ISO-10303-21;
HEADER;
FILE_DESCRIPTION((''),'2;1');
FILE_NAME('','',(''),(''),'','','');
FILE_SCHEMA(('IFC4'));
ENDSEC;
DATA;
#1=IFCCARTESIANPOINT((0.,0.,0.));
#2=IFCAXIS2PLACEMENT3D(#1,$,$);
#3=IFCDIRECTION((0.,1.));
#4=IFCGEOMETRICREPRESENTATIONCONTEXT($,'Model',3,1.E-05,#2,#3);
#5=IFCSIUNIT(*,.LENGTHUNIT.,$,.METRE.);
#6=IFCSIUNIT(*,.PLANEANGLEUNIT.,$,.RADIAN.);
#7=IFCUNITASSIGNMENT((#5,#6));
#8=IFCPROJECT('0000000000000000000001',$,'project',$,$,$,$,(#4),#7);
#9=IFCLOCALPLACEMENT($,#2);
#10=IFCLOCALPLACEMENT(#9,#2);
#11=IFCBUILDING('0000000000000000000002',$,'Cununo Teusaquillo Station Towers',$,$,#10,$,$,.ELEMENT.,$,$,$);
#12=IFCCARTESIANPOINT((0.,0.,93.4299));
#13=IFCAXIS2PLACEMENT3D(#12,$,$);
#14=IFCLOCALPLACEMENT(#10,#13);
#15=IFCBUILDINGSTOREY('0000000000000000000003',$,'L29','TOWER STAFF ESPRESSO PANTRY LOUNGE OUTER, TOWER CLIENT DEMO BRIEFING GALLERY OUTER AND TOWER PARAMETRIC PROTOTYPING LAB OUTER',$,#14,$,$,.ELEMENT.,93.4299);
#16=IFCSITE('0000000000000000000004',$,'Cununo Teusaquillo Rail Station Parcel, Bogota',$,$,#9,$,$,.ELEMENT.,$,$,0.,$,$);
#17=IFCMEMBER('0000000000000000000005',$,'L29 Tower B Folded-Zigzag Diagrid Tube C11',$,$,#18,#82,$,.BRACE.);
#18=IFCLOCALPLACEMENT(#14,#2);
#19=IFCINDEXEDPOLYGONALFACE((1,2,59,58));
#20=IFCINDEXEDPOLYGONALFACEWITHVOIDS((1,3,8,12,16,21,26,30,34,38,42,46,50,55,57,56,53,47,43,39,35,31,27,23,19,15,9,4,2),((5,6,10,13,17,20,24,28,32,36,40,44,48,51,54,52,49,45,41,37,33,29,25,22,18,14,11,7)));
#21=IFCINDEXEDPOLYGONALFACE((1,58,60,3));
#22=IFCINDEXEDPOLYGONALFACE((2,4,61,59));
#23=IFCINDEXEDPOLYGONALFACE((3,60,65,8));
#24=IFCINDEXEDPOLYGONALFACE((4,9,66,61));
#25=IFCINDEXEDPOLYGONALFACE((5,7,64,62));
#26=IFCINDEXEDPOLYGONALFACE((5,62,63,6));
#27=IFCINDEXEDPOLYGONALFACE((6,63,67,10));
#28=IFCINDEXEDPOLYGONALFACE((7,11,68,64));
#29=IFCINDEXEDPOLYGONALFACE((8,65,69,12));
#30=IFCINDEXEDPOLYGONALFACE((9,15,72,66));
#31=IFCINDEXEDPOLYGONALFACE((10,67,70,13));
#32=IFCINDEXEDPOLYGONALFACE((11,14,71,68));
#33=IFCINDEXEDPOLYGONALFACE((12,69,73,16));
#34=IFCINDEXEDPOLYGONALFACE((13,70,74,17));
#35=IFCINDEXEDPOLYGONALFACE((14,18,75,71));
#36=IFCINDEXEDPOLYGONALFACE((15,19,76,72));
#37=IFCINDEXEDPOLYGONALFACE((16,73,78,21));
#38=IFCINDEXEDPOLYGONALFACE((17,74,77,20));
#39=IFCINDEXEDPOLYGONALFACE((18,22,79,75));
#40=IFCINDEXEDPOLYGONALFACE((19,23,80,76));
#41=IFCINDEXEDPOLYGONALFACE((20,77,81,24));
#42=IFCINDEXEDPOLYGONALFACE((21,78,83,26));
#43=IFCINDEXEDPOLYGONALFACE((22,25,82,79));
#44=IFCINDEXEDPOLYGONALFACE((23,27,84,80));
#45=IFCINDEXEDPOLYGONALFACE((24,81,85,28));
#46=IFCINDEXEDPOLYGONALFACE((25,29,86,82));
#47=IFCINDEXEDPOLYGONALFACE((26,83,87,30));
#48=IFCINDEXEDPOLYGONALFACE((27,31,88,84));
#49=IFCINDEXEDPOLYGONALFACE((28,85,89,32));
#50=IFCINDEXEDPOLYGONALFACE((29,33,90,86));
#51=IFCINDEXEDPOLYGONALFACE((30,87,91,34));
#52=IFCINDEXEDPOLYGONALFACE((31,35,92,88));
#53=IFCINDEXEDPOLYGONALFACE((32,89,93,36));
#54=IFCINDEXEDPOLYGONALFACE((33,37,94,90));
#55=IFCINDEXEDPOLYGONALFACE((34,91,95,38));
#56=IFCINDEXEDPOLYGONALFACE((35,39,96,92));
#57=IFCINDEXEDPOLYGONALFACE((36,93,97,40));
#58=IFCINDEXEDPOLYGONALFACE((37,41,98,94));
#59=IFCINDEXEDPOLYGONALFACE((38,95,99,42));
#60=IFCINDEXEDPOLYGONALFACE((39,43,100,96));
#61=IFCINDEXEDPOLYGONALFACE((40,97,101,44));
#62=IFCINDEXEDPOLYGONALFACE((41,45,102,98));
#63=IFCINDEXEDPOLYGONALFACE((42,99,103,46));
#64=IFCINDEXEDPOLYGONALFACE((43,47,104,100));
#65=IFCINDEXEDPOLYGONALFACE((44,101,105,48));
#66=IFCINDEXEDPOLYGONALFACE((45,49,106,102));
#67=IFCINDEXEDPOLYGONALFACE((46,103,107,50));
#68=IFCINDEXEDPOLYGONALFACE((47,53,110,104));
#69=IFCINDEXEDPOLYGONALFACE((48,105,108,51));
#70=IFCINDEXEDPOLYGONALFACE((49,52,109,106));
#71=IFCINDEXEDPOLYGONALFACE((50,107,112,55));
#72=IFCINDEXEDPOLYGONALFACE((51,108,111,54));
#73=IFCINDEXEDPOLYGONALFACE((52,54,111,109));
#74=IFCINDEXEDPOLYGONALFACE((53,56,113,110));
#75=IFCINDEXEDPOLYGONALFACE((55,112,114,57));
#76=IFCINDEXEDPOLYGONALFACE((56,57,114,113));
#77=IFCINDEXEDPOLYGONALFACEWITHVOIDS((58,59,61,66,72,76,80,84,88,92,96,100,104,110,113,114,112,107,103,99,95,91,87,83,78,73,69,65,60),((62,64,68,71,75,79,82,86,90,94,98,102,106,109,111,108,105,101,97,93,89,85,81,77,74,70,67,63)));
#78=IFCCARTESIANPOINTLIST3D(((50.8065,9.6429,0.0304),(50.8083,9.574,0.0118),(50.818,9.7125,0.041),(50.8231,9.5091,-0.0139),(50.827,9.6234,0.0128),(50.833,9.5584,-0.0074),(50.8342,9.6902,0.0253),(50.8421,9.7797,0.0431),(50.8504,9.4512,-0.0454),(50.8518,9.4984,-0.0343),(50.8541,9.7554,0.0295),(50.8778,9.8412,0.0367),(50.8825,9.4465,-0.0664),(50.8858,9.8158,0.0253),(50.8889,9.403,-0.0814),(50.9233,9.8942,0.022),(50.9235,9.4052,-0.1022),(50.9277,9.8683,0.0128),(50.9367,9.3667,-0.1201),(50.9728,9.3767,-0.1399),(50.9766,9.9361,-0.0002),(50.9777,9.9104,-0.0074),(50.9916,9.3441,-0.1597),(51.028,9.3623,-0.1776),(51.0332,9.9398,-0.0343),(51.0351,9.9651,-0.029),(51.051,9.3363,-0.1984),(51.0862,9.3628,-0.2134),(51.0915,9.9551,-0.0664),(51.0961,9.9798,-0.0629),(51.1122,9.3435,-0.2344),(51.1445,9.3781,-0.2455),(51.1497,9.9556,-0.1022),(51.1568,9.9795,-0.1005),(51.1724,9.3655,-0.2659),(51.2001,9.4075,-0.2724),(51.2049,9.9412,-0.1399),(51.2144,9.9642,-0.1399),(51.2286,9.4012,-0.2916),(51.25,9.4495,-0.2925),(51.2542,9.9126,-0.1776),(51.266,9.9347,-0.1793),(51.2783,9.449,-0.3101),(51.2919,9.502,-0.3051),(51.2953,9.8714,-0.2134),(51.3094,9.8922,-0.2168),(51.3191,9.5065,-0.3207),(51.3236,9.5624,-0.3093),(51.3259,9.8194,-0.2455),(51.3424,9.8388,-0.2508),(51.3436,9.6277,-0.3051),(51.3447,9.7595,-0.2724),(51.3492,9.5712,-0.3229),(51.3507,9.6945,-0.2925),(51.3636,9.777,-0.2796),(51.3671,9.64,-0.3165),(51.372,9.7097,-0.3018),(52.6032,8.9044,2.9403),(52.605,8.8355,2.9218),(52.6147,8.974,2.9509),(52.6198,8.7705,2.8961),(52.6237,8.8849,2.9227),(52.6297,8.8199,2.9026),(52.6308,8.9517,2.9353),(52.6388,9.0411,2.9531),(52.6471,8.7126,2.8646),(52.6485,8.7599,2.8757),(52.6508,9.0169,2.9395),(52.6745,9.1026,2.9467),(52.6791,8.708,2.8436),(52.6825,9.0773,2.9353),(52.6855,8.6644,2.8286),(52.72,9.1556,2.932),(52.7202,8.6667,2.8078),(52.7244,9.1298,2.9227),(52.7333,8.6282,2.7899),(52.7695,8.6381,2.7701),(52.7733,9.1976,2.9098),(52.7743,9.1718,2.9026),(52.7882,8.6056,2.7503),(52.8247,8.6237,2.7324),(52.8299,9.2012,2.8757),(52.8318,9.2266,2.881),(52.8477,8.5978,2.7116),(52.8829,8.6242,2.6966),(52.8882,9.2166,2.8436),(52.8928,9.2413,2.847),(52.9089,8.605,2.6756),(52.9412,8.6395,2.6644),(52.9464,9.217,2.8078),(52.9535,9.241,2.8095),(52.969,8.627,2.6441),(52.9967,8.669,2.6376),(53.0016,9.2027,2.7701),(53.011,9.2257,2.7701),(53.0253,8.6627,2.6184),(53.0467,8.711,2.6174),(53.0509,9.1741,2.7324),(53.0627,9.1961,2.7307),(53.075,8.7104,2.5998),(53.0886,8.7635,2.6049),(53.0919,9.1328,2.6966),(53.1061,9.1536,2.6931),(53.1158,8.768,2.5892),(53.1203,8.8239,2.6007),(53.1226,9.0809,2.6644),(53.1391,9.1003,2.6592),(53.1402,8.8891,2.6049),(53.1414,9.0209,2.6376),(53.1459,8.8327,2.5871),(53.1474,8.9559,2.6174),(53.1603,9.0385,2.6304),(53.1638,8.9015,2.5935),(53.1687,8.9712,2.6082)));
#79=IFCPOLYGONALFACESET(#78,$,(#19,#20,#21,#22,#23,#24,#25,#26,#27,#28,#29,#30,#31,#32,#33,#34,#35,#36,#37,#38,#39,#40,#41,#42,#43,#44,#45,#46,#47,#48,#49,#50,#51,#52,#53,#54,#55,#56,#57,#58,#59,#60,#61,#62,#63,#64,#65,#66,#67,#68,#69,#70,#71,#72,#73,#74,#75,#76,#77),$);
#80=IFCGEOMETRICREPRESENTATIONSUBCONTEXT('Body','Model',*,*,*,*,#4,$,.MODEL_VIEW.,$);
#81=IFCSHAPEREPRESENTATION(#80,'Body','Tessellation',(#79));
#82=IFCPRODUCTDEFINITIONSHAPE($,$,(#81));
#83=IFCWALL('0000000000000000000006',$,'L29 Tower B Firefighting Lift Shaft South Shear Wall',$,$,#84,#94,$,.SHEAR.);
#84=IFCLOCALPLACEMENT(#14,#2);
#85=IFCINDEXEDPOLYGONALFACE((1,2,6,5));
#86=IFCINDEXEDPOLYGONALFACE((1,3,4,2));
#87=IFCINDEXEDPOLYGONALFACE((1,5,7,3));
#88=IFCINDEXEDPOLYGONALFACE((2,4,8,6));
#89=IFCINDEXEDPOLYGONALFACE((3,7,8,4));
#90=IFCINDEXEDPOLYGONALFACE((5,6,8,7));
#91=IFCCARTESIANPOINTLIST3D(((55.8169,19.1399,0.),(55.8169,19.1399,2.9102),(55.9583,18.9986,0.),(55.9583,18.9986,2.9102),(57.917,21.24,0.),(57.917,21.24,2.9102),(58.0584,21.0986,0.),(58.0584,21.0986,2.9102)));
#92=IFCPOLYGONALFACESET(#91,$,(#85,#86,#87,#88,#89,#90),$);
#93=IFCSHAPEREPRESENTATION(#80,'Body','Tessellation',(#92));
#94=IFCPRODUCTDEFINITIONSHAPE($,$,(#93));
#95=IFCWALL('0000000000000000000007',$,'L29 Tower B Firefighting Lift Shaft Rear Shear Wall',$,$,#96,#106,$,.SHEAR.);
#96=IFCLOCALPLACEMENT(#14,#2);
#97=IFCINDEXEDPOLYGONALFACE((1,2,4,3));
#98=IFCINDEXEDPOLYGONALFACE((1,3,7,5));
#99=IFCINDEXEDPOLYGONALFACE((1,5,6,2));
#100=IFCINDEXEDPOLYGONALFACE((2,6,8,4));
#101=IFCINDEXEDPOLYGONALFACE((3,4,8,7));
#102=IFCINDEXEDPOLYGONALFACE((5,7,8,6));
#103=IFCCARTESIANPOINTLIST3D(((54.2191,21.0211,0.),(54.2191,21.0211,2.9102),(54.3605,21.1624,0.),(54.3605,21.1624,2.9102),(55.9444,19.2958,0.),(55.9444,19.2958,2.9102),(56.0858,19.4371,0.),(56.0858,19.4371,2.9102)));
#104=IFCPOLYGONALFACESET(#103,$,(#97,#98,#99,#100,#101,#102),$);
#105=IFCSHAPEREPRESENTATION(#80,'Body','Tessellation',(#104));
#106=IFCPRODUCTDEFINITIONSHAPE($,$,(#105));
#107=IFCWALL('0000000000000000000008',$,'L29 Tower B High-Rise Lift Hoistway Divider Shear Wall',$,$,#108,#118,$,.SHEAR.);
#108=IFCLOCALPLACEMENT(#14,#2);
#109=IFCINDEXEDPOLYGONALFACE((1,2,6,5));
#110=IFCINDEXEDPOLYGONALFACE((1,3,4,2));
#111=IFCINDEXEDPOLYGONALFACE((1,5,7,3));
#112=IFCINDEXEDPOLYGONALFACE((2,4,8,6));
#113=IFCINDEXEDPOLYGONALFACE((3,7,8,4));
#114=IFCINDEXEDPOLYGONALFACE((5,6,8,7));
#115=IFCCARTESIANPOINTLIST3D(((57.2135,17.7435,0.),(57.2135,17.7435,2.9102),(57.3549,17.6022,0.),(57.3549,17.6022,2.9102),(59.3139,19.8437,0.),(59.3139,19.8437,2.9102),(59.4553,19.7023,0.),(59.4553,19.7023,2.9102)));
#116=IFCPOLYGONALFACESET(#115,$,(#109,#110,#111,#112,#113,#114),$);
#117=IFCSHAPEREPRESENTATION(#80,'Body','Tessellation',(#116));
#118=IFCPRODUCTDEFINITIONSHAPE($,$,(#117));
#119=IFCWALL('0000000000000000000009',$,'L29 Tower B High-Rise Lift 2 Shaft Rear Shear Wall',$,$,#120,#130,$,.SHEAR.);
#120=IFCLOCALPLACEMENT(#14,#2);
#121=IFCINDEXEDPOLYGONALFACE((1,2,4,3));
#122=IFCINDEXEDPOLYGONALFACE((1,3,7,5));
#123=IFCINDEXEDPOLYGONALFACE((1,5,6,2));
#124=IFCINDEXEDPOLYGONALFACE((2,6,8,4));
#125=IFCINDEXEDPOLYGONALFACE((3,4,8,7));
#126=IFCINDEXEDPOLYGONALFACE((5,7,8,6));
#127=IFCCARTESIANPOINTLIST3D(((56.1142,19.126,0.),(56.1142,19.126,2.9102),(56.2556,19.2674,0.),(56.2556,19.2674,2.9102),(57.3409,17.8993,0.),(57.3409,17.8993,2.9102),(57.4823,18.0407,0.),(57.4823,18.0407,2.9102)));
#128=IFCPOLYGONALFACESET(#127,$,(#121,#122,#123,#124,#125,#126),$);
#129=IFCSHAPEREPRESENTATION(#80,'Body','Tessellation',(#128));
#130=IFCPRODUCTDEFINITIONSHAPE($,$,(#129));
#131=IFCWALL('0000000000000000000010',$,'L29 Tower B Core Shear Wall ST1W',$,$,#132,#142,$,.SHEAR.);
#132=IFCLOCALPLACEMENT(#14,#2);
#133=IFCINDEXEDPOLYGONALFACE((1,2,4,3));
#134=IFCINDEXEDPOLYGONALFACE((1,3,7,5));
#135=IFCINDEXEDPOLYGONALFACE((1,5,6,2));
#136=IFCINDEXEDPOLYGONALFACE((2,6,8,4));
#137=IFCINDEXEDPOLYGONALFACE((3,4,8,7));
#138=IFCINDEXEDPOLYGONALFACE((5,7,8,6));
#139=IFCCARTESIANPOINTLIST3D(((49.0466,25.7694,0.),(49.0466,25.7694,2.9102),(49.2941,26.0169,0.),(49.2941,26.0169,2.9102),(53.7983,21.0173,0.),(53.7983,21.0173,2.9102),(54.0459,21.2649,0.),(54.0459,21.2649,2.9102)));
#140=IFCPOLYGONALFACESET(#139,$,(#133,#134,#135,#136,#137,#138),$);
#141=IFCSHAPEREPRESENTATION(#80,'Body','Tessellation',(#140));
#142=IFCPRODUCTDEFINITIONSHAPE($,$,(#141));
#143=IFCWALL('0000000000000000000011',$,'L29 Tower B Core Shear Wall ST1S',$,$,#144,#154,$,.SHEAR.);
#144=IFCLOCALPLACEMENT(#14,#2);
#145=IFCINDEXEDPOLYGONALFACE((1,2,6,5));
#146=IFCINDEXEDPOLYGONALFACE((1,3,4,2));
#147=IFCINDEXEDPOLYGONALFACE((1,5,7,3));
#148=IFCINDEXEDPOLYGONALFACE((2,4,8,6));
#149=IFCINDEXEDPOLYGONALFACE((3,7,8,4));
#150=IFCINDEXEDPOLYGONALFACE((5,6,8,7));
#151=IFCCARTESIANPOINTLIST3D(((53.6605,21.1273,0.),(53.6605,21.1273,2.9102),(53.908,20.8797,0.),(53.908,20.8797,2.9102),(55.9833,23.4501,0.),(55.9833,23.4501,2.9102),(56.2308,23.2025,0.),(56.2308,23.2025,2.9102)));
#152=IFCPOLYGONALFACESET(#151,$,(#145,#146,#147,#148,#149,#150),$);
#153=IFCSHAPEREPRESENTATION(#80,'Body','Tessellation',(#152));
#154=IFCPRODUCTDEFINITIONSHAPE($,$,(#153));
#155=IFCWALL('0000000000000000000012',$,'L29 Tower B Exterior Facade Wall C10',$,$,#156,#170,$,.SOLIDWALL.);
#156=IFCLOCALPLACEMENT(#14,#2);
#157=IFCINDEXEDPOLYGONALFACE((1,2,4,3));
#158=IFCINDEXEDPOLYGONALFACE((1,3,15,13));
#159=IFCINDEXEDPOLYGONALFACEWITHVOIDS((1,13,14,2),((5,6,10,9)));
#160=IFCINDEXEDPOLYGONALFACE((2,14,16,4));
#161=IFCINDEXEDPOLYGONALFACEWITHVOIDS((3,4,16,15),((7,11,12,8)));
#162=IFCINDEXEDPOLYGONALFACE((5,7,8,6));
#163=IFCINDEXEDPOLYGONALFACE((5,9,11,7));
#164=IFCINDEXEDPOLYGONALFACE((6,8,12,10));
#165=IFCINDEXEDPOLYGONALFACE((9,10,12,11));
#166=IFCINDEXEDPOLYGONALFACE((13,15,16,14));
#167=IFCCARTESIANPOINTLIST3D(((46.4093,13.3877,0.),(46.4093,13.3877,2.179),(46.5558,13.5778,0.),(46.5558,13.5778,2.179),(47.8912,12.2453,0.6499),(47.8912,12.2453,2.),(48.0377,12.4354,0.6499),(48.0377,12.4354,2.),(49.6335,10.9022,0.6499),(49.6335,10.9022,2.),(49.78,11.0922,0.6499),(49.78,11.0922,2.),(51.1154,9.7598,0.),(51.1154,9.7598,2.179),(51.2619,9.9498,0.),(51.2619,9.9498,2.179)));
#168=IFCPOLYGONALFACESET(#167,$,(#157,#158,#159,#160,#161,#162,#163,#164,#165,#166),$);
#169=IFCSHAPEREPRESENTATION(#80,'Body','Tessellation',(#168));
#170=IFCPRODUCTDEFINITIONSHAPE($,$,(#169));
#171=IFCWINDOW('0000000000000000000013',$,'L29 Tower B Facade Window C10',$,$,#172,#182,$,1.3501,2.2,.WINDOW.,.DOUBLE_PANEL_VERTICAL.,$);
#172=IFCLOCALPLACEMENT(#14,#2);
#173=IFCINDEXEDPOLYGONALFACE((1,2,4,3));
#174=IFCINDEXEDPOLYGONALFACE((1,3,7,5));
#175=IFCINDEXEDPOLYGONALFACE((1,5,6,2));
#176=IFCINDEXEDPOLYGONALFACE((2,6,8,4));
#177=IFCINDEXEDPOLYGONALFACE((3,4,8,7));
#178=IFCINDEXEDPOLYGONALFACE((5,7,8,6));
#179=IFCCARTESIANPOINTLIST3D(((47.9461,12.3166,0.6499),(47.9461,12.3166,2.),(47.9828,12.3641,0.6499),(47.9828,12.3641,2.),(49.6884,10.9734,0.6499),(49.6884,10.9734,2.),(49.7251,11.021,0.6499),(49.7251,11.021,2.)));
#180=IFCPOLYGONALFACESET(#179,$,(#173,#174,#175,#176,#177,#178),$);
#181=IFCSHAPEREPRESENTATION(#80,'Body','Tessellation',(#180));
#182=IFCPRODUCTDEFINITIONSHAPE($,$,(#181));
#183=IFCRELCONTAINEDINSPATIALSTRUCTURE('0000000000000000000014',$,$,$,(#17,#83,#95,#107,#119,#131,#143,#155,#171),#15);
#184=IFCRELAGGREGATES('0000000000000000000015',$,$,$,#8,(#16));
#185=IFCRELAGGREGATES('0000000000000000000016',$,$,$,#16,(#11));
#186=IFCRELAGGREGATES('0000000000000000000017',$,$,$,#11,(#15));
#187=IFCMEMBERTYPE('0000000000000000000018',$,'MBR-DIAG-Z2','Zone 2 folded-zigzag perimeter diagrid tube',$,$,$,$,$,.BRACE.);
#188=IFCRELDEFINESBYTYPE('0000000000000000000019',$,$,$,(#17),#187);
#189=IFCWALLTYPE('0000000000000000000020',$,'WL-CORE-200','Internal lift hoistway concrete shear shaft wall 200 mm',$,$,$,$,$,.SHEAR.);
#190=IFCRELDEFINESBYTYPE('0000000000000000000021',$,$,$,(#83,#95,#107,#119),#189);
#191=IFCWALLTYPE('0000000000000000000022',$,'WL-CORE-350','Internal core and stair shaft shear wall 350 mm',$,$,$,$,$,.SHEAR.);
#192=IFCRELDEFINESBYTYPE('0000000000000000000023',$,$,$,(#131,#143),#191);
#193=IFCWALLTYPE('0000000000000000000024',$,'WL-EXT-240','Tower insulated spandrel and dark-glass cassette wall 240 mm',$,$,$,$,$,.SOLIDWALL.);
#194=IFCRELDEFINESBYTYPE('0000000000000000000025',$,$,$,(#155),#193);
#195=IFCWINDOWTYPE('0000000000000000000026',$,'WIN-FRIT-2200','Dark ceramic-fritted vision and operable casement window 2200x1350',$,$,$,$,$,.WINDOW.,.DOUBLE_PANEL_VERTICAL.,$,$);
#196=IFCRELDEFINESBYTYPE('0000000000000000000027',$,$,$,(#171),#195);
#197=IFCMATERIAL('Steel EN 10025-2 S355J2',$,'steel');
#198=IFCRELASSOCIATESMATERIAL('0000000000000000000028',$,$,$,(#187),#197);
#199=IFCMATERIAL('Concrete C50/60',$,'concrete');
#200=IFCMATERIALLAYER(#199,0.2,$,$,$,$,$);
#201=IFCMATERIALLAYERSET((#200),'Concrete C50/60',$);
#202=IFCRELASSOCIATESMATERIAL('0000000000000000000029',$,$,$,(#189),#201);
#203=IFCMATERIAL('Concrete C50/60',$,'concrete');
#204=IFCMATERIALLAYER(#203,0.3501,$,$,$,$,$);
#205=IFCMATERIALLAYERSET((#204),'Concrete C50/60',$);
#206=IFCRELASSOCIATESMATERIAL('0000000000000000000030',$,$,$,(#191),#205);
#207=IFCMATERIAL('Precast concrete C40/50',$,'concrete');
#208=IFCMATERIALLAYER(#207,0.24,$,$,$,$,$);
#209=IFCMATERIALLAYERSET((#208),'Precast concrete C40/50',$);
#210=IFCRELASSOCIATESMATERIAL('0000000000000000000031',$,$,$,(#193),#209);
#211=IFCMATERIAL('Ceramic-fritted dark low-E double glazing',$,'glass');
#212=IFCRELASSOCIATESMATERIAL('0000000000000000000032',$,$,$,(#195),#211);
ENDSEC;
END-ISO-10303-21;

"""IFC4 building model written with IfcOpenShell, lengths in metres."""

from ifc_helpers import new_model, si_unit, direction, frame, frame_2d, origin, origin_2d, place, context, subcontext, project, spatial, rectangle, hollow_circle, extrude, source, transform, mapped, material, layer, layer_set, material_profile, profile_set, type_object, element, fill, save


model = new_model("IFC4")

# Units and contexts
model_context = context("Model", 3, precision=1e-05, world=origin(), true_north=direction((0.0, 1.0)))
body_context = subcontext(model_context, "Body", "Model", "MODEL_VIEW")
ifc_project = project(units=[si_unit("LENGTHUNIT", "METRE"), si_unit("PLANEANGLEUNIT", "RADIAN")], contexts=[model_context])

# Site, building, storey
site_placement = place(None, origin())
site = spatial("IfcSite", under=ifc_project, at=site_placement, Name="Cununo Teusaquillo Rail Station Parcel, Bogota", CompositionType="ELEMENT", RefElevation=0.0)
building_placement = place(site_placement, origin())
building = spatial("IfcBuilding", under=site, at=building_placement, Name="Cununo Teusaquillo Station Towers", CompositionType="ELEMENT")
storey_placement = place(building_placement, frame((0.0, 0.0, 93.4299)))
storey = spatial("IfcBuildingStorey", under=building, at=storey_placement, Name="L29", Description="TOWER STAFF ESPRESSO PANTRY LOUNGE OUTER, TOWER CLIENT DEMO BRIEFING GALLERY OUTER AND TOWER PARAMETRIC PROTOTYPING LAB OUTER", CompositionType="ELEMENT", Elevation=93.4299)

# Member
ifc_material_1 = material(Name="Steel EN 10025-2 S355J2", Category="steel")
ifc_material_profile_1 = material_profile(ifc_material_1, hollow_circle(Radius=0.3301, WallThickness=0.0249, at=origin_2d()), Name="CHS 660x25")
ifc_profile_set_1 = profile_set([ifc_material_profile_1], Name="Steel EN 10025-2 S355J2")
member_type = type_object("IfcMemberType", Name="MBR-DIAG-Z2", Description="Zone 2 folded-zigzag perimeter diagrid tube", PredefinedType="BRACE", material=ifc_profile_set_1)
member_placement = place(storey_placement, frame((51.0889, 9.6589, -0.1399), z_axis=(0.513514, -0.211086, 0.831713), x_axis=(0.380193, 0.924907, 0.0)))
element("IfcMember", 1, at=member_placement, inside=storey, type_object=member_type, Name="L29 Tower B Folded-Zigzag Diagrid Tube C11", PredefinedType="BRACE", context=body_context, shape_type="SweptSolid", body=[
    extrude(hollow_circle(Radius=0.3301, WallThickness=0.0249, at=origin_2d()), origin(), (0.0, 0.0, 1.0), 3.4988),
])

# Walls
ifc_material_2 = material(Name="Concrete C50/60", Category="concrete")
ifc_layer_1 = layer(ifc_material_2, 0.2)
ifc_layer_set_1 = layer_set([ifc_layer_1], Name="Concrete C50/60")
wall_type_1 = type_object("IfcWallType", Name="WL-CORE-200", Description="Internal lift hoistway concrete shear shaft wall 200 mm", PredefinedType="SHEAR", material=ifc_layer_set_1)
wall_1_placement = place(storey_placement, frame((55.8877, 19.0693, 0.0), z_axis=(0.0, 0.0, 1.0), x_axis=(0.707107, 0.707107, 0.0)))
element("IfcWall", 2, at=wall_1_placement, inside=storey, type_object=wall_type_1, Name="L29 Tower B Firefighting Lift Shaft South Shear Wall", PredefinedType="SHEAR", context=body_context, shape_type="SweptSolid", body=[
    extrude(rectangle(XDim=2.97, YDim=0.2, at=frame_2d((1.4849, 0.0))), origin(), (0.0, 0.0, 1.0), 2.9102),
])
wall_2_placement = place(storey_placement, frame((56.0151, 19.3665, 0.0), z_axis=(0.0, 0.0, 1.0), x_axis=(-0.707107, 0.707107, 0.0)))
element("IfcWall", 3, at=wall_2_placement, inside=storey, type_object=wall_type_1, Name="L29 Tower B Firefighting Lift Shaft Rear Shear Wall", PredefinedType="SHEAR", context=body_context, shape_type="SweptSolid", body=[
    extrude(rectangle(XDim=2.4399, YDim=0.2, at=frame_2d((1.22, 0.0))), origin(), (0.0, 0.0, 1.0), 2.9102),
])
wall_3_placement = place(storey_placement, frame((57.2842, 17.6729, 0.0), z_axis=(0.0, 0.0, 1.0), x_axis=(0.707148, 0.707066, 0.0)))
element("IfcWall", 4, at=wall_3_placement, inside=storey, type_object=wall_type_1, Name="L29 Tower B High-Rise Lift Hoistway Divider Shear Wall", PredefinedType="SHEAR", context=body_context, shape_type="SweptSolid", body=[
    extrude(rectangle(XDim=2.9702, YDim=0.2, at=frame_2d((1.4851, 0.0))), origin(), (0.0, 0.0, 1.0), 2.9102),
])
wall_4_placement = place(storey_placement, frame((57.4116, 17.97, 0.0), z_axis=(0.0, 0.0, 1.0), x_axis=(-0.707107, 0.707107, 0.0)))
element("IfcWall", 5, at=wall_4_placement, inside=storey, type_object=wall_type_1, Name="L29 Tower B High-Rise Lift 2 Shaft Rear Shear Wall", PredefinedType="SHEAR", context=body_context, shape_type="SweptSolid", body=[
    extrude(rectangle(XDim=1.7349, YDim=0.2, at=frame_2d((0.8674, 0.0))), origin(), (0.0, 0.0, 1.0), 2.9102),
])
ifc_material_3 = material(Name="Concrete C50/60", Category="concrete")
ifc_layer_2 = layer(ifc_material_3, 0.3501)
ifc_layer_set_2 = layer_set([ifc_layer_2], Name="Concrete C50/60")
wall_type_2 = type_object("IfcWallType", Name="WL-CORE-350", Description="Internal core and stair shaft shear wall 350 mm", PredefinedType="SHEAR", material=ifc_layer_set_2)
wall_5_placement = place(storey_placement, frame((53.9221, 21.1411, 0.0), z_axis=(0.0, 0.0, 1.0), x_axis=(-0.707089, 0.707125, 0.0)))
element("IfcWall", 6, at=wall_5_placement, inside=storey, type_object=wall_type_2, Name="L29 Tower B Core Shear Wall ST1W", PredefinedType="SHEAR", context=body_context, shape_type="SweptSolid", body=[
    extrude(rectangle(XDim=6.7202, YDim=0.3501, at=frame_2d((3.3601, 0.0))), origin(), (0.0, 0.0, 1.0), 2.9102),
])
wall_6_placement = place(storey_placement, frame((53.7842, 21.0034, 0.0), z_axis=(0.0, 0.0, 1.0), x_axis=(0.707107, 0.707107, 0.0)))
element("IfcWall", 7, at=wall_6_placement, inside=storey, type_object=wall_type_2, Name="L29 Tower B Core Shear Wall ST1S", PredefinedType="SHEAR", context=body_context, shape_type="SweptSolid", body=[
    extrude(rectangle(XDim=3.2849, YDim=0.3501, at=frame_2d((1.6426, 0.0))), origin(), (0.0, 0.0, 1.0), 2.9102),
])

# Wall, opening, window
ifc_material_4 = material(Name="Precast concrete C40/50", Category="concrete")
ifc_layer_3 = layer(ifc_material_4, 0.24)
ifc_layer_set_3 = layer_set([ifc_layer_3], Name="Precast concrete C40/50")
wall_type_3 = type_object("IfcWallType", Name="WL-EXT-240", Description="Tower insulated spandrel and dark-glass cassette wall 240 mm", PredefinedType="SOLIDWALL", material=ifc_layer_set_3)
wall_7_placement = place(storey_placement, frame((51.1887, 9.8547, 0.0), z_axis=(0.0, 0.0, 1.0), x_axis=(-0.791982, 0.610544, 0.0)))
wall_7 = element("IfcWall", 8, at=wall_7_placement, inside=storey, type_object=wall_type_3, Name="L29 Tower B Exterior Facade Wall C10", PredefinedType="SOLIDWALL", context=body_context, shape_type="SweptSolid", body=[
    extrude(rectangle(XDim=5.9421, YDim=0.24, at=frame_2d((2.9712, 0.0))), origin(), (0.0, 0.0, 1.0), 2.179),
])
shared_shape_1 = source(origin(), body_context, "Body", "SweptSolid", [
    extrude(rectangle(XDim=2.2, YDim=1.3501, at=frame_2d((1.1001, 0.675))), frame((0.0, 0.1299, 0.0), z_axis=(0.0, -1.0, 0.0), x_axis=(1.0, 0.0, 0.0)), (0.0, 0.0, 1.0), 0.26),
])
opening_1_placement = place(wall_7_placement, frame((1.8711, 0.0, 0.6499)))
opening_1 = element("IfcOpeningElement", 9, at=opening_1_placement, cuts=wall_7, PredefinedType="OPENING", context=body_context, shape_type="MappedRepresentation", body=[
    mapped(shared_shape_1, transform((0.0, 0.0, 0.0), x_axis=(1.0, 0.0, 0.0), y_axis=(0.0, 1.0, 0.0), z_axis=(0.0, 0.0, 1.0), scale=1.0)),
])
ifc_material_5 = material(Name="Ceramic-fritted dark low-E double glazing", Category="glass")
window_type = type_object("IfcWindowType", Name="WIN-FRIT-2200", Description="Dark ceramic-fritted vision and operable casement window 2200x1350", PartitioningType="DOUBLE_PANEL_VERTICAL", PredefinedType="WINDOW", material=ifc_material_5)
shared_shape_2 = source(origin(), body_context, "Body", "SweptSolid", [
    extrude(rectangle(XDim=2.2, YDim=1.3501, at=frame_2d((1.1001, 0.675))), frame((0.0, 0.03, 0.0), z_axis=(0.0, -1.0, 0.0), x_axis=(1.0, 0.0, 0.0)), (0.0, 0.0, 1.0), 0.0601),
])
window_placement = place(opening_1_placement, origin())
window = element("IfcWindow", 10, at=window_placement, inside=storey, type_object=window_type, Name="L29 Tower B Facade Window C10", OverallHeight=1.3501, OverallWidth=2.2, PartitioningType="DOUBLE_PANEL_VERTICAL", PredefinedType="WINDOW", context=body_context, shape_type="MappedRepresentation", body=[
    mapped(shared_shape_2, transform((0.0, 0.0, 0.0), x_axis=(1.0, 0.0, 0.0), y_axis=(0.0, 1.0, 0.0), z_axis=(0.0, 0.0, 1.0), scale=1.0)),
])
fill(opening_1, window)

save(model, "model.ifc")
